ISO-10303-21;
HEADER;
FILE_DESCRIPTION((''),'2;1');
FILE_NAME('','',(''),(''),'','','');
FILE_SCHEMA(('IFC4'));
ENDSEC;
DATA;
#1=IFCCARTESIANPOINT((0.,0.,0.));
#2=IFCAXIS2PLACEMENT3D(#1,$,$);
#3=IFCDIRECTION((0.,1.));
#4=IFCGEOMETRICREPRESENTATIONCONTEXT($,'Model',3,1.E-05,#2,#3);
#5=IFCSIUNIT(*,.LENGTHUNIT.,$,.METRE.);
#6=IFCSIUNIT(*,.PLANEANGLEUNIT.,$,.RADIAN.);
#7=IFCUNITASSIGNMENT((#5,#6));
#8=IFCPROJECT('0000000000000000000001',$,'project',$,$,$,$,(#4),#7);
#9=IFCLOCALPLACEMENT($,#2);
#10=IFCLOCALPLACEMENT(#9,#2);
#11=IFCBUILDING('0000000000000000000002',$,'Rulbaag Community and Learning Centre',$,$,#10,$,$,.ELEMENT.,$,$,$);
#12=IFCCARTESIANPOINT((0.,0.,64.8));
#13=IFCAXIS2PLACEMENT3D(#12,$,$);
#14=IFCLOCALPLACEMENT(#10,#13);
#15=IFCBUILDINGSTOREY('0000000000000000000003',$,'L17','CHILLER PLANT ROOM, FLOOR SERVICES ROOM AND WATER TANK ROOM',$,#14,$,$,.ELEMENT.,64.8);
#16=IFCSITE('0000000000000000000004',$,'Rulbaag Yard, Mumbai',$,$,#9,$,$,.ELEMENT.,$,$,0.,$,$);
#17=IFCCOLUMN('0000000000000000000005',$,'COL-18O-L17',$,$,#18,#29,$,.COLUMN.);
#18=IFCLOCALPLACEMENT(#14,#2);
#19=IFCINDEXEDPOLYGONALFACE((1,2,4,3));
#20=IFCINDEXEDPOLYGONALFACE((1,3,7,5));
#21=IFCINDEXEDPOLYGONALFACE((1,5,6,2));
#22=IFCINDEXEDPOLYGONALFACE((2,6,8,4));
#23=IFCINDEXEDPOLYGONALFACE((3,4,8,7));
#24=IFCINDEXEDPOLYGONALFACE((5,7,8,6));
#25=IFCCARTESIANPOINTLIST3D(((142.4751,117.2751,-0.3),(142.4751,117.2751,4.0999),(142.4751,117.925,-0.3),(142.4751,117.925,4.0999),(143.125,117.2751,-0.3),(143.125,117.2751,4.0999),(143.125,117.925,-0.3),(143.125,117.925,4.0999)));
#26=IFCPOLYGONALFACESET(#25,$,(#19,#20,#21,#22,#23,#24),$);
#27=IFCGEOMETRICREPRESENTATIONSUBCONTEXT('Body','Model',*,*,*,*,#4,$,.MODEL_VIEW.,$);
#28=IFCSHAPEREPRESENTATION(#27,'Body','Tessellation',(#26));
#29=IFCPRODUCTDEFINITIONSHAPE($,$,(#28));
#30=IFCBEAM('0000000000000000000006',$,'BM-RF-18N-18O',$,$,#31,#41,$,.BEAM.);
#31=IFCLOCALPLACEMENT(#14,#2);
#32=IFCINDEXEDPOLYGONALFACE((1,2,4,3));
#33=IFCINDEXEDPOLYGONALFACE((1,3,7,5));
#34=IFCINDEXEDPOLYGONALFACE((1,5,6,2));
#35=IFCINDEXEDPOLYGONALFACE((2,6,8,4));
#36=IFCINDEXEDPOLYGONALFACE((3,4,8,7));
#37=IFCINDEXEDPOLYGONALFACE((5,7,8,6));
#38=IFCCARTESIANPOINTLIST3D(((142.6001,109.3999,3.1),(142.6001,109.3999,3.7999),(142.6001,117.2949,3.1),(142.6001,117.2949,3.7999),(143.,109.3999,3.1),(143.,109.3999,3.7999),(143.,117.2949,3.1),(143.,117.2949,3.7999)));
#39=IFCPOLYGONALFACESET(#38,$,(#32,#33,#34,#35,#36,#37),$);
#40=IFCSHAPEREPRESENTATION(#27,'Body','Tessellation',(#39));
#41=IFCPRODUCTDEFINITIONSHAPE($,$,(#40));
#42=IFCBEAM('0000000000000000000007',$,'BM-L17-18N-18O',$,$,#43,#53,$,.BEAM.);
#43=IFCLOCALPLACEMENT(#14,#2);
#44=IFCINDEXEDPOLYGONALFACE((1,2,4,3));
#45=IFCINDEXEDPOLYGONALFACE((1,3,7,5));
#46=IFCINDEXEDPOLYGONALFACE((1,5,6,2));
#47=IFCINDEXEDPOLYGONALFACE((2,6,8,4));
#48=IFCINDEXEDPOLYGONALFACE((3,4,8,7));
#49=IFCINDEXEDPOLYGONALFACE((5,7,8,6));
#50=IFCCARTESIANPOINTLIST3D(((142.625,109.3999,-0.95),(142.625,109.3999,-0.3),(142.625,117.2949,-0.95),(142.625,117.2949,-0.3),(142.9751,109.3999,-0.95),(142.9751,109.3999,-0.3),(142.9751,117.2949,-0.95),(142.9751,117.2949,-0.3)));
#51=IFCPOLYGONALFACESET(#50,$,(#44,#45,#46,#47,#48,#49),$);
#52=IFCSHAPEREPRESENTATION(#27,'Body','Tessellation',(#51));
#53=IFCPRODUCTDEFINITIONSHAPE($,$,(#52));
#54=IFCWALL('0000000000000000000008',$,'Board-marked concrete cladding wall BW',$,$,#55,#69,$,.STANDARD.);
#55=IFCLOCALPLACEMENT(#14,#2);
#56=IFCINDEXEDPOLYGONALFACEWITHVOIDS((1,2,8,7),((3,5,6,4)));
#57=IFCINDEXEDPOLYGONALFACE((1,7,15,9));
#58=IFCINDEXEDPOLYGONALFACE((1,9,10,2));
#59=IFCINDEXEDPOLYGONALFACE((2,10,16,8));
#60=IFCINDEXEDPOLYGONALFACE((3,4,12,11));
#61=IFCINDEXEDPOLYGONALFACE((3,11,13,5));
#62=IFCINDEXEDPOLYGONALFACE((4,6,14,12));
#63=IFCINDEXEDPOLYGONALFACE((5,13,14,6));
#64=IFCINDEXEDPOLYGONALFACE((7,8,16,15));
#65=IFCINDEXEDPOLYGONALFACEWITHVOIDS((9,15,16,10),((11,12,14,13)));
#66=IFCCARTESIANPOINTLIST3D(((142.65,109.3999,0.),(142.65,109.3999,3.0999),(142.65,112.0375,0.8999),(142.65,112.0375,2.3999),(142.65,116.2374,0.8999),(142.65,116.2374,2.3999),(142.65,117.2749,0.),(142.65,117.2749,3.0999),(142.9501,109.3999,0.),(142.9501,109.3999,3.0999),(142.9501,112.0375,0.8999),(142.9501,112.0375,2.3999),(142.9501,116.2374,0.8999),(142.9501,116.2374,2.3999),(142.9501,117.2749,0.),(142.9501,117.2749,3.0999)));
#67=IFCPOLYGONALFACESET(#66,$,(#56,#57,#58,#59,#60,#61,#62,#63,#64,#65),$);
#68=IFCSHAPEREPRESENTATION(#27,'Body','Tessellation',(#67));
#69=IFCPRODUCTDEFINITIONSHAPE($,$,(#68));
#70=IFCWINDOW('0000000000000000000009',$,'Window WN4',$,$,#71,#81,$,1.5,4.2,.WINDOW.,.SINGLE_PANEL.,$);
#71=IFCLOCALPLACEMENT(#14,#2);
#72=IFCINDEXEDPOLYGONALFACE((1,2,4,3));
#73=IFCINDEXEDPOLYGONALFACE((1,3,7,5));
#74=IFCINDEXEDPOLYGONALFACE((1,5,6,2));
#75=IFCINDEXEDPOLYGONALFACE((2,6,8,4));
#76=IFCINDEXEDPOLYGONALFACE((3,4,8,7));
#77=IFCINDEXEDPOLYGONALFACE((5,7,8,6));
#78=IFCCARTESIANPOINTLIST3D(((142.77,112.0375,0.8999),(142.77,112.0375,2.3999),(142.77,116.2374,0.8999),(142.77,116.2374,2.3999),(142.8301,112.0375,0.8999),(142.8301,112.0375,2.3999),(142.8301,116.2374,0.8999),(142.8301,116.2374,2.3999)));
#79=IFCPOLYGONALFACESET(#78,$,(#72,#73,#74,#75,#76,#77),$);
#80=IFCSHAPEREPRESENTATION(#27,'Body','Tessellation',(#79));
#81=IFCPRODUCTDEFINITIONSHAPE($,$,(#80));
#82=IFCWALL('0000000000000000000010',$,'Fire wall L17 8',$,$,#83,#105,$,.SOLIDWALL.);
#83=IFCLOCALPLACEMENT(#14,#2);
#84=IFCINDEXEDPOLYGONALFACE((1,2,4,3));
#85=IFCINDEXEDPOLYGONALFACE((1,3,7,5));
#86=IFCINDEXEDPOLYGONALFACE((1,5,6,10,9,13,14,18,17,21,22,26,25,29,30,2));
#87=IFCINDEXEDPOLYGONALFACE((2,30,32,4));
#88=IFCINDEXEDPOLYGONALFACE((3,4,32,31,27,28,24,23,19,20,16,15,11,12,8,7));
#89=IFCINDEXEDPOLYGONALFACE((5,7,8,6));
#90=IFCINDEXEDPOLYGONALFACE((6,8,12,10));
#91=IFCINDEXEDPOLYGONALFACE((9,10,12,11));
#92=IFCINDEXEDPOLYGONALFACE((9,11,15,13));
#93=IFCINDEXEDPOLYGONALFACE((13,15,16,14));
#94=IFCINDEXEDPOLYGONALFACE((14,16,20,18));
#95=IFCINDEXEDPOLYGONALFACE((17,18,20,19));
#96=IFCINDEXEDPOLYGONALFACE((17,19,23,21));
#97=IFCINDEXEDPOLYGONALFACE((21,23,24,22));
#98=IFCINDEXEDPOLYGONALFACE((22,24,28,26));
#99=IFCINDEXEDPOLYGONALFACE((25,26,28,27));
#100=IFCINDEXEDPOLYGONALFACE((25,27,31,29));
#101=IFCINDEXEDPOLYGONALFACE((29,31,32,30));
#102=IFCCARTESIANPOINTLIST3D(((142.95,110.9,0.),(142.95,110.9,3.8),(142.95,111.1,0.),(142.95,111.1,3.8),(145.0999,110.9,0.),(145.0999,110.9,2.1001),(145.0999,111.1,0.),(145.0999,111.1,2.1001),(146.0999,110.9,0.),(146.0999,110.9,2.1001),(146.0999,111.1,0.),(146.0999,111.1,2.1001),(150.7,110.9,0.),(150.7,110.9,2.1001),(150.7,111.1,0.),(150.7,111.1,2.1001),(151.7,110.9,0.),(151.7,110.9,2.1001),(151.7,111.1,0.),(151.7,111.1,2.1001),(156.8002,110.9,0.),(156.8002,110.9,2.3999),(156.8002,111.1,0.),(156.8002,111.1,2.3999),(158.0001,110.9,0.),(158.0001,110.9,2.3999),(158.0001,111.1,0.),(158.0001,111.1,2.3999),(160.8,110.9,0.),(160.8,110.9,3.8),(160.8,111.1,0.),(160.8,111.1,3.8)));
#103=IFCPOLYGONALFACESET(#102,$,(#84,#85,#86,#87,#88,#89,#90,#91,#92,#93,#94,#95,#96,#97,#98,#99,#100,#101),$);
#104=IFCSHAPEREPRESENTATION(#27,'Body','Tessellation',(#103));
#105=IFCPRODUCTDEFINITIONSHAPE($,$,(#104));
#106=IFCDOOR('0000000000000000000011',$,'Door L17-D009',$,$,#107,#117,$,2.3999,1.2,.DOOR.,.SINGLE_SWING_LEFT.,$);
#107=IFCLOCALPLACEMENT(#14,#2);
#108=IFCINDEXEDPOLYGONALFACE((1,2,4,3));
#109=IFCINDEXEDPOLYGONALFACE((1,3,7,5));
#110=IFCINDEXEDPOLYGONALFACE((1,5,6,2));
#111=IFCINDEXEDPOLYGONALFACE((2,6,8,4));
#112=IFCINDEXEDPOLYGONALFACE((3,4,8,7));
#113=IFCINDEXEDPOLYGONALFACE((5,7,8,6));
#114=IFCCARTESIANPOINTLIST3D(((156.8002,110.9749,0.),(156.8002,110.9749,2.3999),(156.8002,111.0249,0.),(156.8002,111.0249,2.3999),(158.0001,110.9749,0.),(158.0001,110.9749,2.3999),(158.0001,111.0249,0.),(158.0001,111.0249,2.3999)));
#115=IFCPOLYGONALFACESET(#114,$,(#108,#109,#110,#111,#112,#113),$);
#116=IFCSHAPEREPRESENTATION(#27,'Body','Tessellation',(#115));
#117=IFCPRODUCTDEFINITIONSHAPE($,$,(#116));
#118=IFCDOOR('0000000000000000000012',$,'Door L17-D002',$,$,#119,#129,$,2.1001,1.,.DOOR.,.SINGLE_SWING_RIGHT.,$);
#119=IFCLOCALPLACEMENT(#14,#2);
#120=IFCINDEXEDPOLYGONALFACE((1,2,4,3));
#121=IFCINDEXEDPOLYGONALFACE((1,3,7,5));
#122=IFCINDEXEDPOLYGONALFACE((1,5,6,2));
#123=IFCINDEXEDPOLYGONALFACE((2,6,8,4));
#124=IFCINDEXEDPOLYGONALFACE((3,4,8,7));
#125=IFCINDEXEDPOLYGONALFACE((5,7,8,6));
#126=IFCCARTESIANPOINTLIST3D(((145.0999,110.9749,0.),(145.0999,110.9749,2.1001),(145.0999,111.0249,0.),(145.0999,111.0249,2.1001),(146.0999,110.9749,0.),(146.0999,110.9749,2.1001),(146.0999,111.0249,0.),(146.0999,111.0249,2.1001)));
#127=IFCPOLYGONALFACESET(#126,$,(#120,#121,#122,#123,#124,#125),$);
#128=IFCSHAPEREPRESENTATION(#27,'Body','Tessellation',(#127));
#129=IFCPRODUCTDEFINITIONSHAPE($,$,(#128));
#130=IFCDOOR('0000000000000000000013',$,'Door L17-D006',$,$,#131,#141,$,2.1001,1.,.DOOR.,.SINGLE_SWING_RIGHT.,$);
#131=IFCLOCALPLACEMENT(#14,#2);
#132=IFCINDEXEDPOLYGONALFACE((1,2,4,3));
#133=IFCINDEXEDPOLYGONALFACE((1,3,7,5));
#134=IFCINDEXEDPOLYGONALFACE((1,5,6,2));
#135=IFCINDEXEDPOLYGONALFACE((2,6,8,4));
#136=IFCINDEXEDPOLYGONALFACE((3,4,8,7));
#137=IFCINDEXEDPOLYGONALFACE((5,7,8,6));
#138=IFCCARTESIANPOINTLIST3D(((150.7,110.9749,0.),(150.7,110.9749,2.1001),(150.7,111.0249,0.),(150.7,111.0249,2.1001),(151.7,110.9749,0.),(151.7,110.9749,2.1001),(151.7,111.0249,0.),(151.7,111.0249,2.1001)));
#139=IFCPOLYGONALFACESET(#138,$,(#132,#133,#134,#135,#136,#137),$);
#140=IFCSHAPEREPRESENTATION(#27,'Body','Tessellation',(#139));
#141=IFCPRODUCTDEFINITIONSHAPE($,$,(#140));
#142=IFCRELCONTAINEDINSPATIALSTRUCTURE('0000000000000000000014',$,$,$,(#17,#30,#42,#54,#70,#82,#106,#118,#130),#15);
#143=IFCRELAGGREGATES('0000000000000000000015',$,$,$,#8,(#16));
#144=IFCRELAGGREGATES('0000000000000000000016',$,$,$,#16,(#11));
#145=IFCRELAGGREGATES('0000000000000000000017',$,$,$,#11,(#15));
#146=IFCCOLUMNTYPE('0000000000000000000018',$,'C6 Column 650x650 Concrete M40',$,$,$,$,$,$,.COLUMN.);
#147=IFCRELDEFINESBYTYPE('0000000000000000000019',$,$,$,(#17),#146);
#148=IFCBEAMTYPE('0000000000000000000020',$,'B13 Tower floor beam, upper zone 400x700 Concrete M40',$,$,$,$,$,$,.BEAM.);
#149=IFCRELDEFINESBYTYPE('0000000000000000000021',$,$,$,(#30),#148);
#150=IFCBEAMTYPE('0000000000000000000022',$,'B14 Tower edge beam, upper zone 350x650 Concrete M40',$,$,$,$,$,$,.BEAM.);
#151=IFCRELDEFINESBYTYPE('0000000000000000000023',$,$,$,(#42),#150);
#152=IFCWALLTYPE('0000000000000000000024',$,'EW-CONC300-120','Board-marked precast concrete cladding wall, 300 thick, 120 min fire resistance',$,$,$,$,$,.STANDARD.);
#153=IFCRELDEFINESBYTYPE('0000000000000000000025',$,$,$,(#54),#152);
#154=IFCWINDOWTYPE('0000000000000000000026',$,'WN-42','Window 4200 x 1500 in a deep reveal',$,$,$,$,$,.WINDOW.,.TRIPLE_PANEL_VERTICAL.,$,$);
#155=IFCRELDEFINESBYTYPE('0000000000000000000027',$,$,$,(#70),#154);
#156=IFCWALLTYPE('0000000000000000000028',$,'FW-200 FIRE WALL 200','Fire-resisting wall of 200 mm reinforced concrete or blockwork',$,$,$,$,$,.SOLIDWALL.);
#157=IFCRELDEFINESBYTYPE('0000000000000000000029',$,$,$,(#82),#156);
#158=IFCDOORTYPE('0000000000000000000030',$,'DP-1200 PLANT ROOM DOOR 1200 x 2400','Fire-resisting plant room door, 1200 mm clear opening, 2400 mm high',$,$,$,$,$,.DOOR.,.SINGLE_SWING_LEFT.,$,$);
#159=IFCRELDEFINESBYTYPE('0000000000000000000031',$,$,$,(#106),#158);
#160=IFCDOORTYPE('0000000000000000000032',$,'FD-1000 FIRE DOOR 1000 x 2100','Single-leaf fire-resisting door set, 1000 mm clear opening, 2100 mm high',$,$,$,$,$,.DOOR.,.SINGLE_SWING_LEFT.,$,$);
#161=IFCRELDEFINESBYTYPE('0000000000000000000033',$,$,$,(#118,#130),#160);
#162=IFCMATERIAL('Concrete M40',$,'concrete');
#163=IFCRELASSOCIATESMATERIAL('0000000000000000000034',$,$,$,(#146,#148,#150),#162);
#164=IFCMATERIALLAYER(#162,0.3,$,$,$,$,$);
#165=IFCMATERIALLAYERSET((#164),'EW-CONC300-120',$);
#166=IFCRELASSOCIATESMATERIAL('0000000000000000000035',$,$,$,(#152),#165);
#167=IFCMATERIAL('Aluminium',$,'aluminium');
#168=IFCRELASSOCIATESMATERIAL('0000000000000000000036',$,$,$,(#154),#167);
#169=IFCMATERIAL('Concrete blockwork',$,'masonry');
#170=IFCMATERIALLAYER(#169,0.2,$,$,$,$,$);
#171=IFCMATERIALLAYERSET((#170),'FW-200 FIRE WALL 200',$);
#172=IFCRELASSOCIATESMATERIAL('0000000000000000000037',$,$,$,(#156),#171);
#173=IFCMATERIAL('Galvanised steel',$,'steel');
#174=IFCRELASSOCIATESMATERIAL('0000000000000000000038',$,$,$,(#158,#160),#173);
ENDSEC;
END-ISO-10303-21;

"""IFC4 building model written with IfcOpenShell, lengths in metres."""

from ifc_helpers import new_model, si_unit, direction, frame, frame_2d, origin, origin_2d, place, context, subcontext, project, spatial, rectangle, extrude, material, layer, layer_set, material_profile, profile_set, type_object, element, fill, save


model = new_model("IFC4")

# Units and contexts
model_context = context("Model", 3, precision=1e-05, world=origin(), true_north=direction((0.0, 1.0)))
body_context = subcontext(model_context, "Body", "Model", "MODEL_VIEW")
ifc_project = project(units=[si_unit("LENGTHUNIT", "METRE"), si_unit("PLANEANGLEUNIT", "RADIAN")], contexts=[model_context])

# Site, building, storey
site_placement = place(None, origin())
site = spatial("IfcSite", under=ifc_project, at=site_placement, Name="Rulbaag Yard, Mumbai", CompositionType="ELEMENT", RefElevation=0.0)
building_placement = place(site_placement, origin())
building = spatial("IfcBuilding", under=site, at=building_placement, Name="Rulbaag Community and Learning Centre", CompositionType="ELEMENT")
storey_placement = place(building_placement, frame((0.0, 0.0, 64.8)))
storey = spatial("IfcBuildingStorey", under=building, at=storey_placement, Name="L17", Description="CHILLER PLANT ROOM, FLOOR SERVICES ROOM AND WATER TANK ROOM", CompositionType="ELEMENT", Elevation=64.8)

# Column
ifc_material_1 = material(Name="Concrete M40", Category="concrete")
ifc_material_profile_1 = material_profile(ifc_material_1, rectangle(XDim=0.6499, YDim=0.6499, at=origin_2d()), Name="RC650x650")
ifc_profile_set_1 = profile_set([ifc_material_profile_1], Name="Concrete M40")
column_type = type_object("IfcColumnType", Name="C6 Column 650x650 Concrete M40", PredefinedType="COLUMN", material=ifc_profile_set_1)
column_placement = place(storey_placement, frame((142.8, 117.6001, -0.3), z_axis=(0.0, 0.0, 1.0), x_axis=(1.0, 0.0, 0.0)))
element("IfcColumn", 1, at=column_placement, inside=storey, type_object=column_type, Name="COL-18O-L17", PredefinedType="COLUMN", context=body_context, shape_type="SweptSolid", body=[
    extrude(rectangle(XDim=0.6499, YDim=0.6499, at=origin_2d()), origin(), (0.0, 0.0, 1.0), 4.3999),
])

# Beams
ifc_material_profile_2 = material_profile(ifc_material_1, rectangle(XDim=0.3999, YDim=0.7, at=origin_2d()), Name="RB400x700")
ifc_profile_set_2 = profile_set([ifc_material_profile_2], Name="Concrete M40")
beam_type_1 = type_object("IfcBeamType", Name="B13 Tower floor beam, upper zone 400x700 Concrete M40", PredefinedType="BEAM", material=ifc_profile_set_2)
beam_1_placement = place(storey_placement, frame((142.8, 109.3999, 3.45), z_axis=(0.0, 1.0, 0.0), x_axis=(-1.0, 0.0, 0.0)))
element("IfcBeam", 2, at=beam_1_placement, inside=storey, type_object=beam_type_1, Name="BM-RF-18N-18O", PredefinedType="BEAM", context=body_context, shape_type="SweptSolid", body=[
    extrude(rectangle(XDim=0.3999, YDim=0.7, at=origin_2d()), origin(), (0.0, 0.0, 1.0), 7.895),
])
ifc_material_profile_3 = material_profile(ifc_material_1, rectangle(XDim=0.3501, YDim=0.6499, at=origin_2d()), Name="RB350x650")
ifc_profile_set_3 = profile_set([ifc_material_profile_3], Name="Concrete M40")
beam_type_2 = type_object("IfcBeamType", Name="B14 Tower edge beam, upper zone 350x650 Concrete M40", PredefinedType="BEAM", material=ifc_profile_set_3)
beam_2_placement = place(storey_placement, frame((142.8, 109.3999, -0.625), z_axis=(0.0, 1.0, 0.0), x_axis=(-1.0, 0.0, 0.0)))
element("IfcBeam", 3, at=beam_2_placement, inside=storey, type_object=beam_type_2, Name="BM-L17-18N-18O", PredefinedType="BEAM", context=body_context, shape_type="SweptSolid", body=[
    extrude(rectangle(XDim=0.3501, YDim=0.6499, at=origin_2d()), origin(), (0.0, 0.0, 1.0), 7.895),
])

# Wall, opening, window
ifc_layer_1 = layer(ifc_material_1, 0.3)
ifc_layer_set_1 = layer_set([ifc_layer_1], Name="EW-CONC300-120")
wall_type_1 = type_object("IfcWallType", Name="EW-CONC300-120", Description="Board-marked precast concrete cladding wall, 300 thick, 120 min fire resistance", PredefinedType="STANDARD", material=ifc_layer_set_1)
wall_1_placement = place(storey_placement, frame((142.8, 109.3999, 0.0), z_axis=(0.0, 0.0, 1.0), x_axis=(0.0, 1.0, 0.0)))
wall_1 = element("IfcWall", 4, at=wall_1_placement, inside=storey, type_object=wall_type_1, Name="Board-marked concrete cladding wall BW", PredefinedType="STANDARD", context=body_context, shape_type="SweptSolid", body=[
    extrude(rectangle(XDim=7.875, YDim=0.3, at=frame_2d((3.9375, 0.0))), origin(), (0.0, 0.0, 1.0), 3.0999),
])
opening_1_placement = place(wall_1_placement, frame((2.6375, 0.0, 0.8999)))
opening_1 = element("IfcOpeningElement", 5, at=opening_1_placement, cuts=wall_1, PredefinedType="OPENING", context=body_context, shape_type="SweptSolid", body=[
    extrude(rectangle(XDim=4.2, YDim=1.5, at=frame_2d((2.1001, 0.75))), frame((0.0, 0.1599, 0.0), z_axis=(0.0, -1.0, 0.0), x_axis=(1.0, 0.0, 0.0)), (0.0, 0.0, 1.0), 0.3201),
])
ifc_material_2 = material(Name="Aluminium", Category="aluminium")
window_type = type_object("IfcWindowType", Name="WN-42", Description="Window 4200 x 1500 in a deep reveal", PartitioningType="TRIPLE_PANEL_VERTICAL", PredefinedType="WINDOW", material=ifc_material_2)
window_placement = place(opening_1_placement, origin())
window = element("IfcWindow", 6, at=window_placement, inside=storey, type_object=window_type, Name="Window WN4", OverallHeight=1.5, OverallWidth=4.2, PartitioningType="SINGLE_PANEL", PredefinedType="WINDOW", context=body_context, shape_type="SweptSolid", body=[
    extrude(rectangle(XDim=4.2, YDim=1.5, at=frame_2d((2.1001, 0.75))), frame((0.0, 0.03, 0.0), z_axis=(0.0, -1.0, 0.0), x_axis=(1.0, 0.0, 0.0)), (0.0, 0.0, 1.0), 0.0601),
])
fill(opening_1, window)

# Wall, openings, doors
ifc_material_3 = material(Name="Concrete blockwork", Category="masonry")
ifc_layer_2 = layer(ifc_material_3, 0.2)
ifc_layer_set_2 = layer_set([ifc_layer_2], Name="FW-200 FIRE WALL 200")
wall_type_2 = type_object("IfcWallType", Name="FW-200 FIRE WALL 200", Description="Fire-resisting wall of 200 mm reinforced concrete or blockwork", PredefinedType="SOLIDWALL", material=ifc_layer_set_2)
wall_2_placement = place(storey_placement, frame((142.95, 111.0, 0.0), z_axis=(0.0, 0.0, 1.0), x_axis=(1.0, 0.0, 0.0)))
wall_2 = element("IfcWall", 7, at=wall_2_placement, inside=storey, type_object=wall_type_2, Name="Fire wall L17 8", PredefinedType="SOLIDWALL", context=body_context, shape_type="SweptSolid", body=[
    extrude(rectangle(XDim=17.8501, YDim=0.2, at=frame_2d((8.925, 0.0))), origin(), (0.0, 0.0, 1.0), 3.8),
])
opening_2_placement = place(wall_2_placement, frame((2.1499, 0.0, 0.0)))
opening_2 = element("IfcOpeningElement", 8, at=opening_2_placement, cuts=wall_2, PredefinedType="OPENING", context=body_context, shape_type="SweptSolid", body=[
    extrude(rectangle(XDim=1.0, YDim=2.1001, at=frame_2d((0.5, 1.05))), frame((0.0, 0.1099, 0.0), z_axis=(0.0, -1.0, 0.0), x_axis=(1.0, 0.0, 0.0)), (0.0, 0.0, 1.0), 0.22),
])
opening_3_placement = place(wall_2_placement, frame((7.75, 0.0, 0.0)))
opening_3 = element("IfcOpeningElement", 9, at=opening_3_placement, cuts=wall_2, PredefinedType="OPENING", context=body_context, shape_type="SweptSolid", body=[
    extrude(rectangle(XDim=1.0, YDim=2.1001, at=frame_2d((0.5, 1.05))), frame((0.0, 0.1099, 0.0), z_axis=(0.0, -1.0, 0.0), x_axis=(1.0, 0.0, 0.0)), (0.0, 0.0, 1.0), 0.22),
])
opening_4_placement = place(wall_2_placement, frame((13.8501, 0.0, 0.0)))
opening_4 = element("IfcOpeningElement", 10, at=opening_4_placement, cuts=wall_2, PredefinedType="OPENING", context=body_context, shape_type="SweptSolid", body=[
    extrude(rectangle(XDim=1.2, YDim=2.3999, at=frame_2d((0.6001, 1.2))), frame((0.0, 0.1099, 0.0), z_axis=(0.0, -1.0, 0.0), x_axis=(1.0, 0.0, 0.0)), (0.0, 0.0, 1.0), 0.22),
])
ifc_material_4 = material(Name="Galvanised steel", Category="steel")
door_type_1 = type_object("IfcDoorType", Name="DP-1200 PLANT ROOM DOOR 1200 x 2400", Description="Fire-resisting plant room door, 1200 mm clear opening, 2400 mm high", OperationType="SINGLE_SWING_LEFT", PredefinedType="DOOR", material=ifc_material_4)
door_1_placement = place(opening_4_placement, origin())
door_1 = element("IfcDoor", 11, at=door_1_placement, inside=storey, type_object=door_type_1, Name="Door L17-D009", OperationType="SINGLE_SWING_LEFT", OverallHeight=2.3999, OverallWidth=1.2, PredefinedType="DOOR", context=body_context, shape_type="SweptSolid", body=[
    extrude(rectangle(XDim=1.2, YDim=2.3999, at=frame_2d((0.6001, 1.2))), frame((0.0, 0.0249, 0.0), z_axis=(0.0, -1.0, 0.0), x_axis=(1.0, 0.0, 0.0)), (0.0, 0.0, 1.0), 0.05),
])
fill(opening_4, door_1)
door_type_2 = type_object("IfcDoorType", Name="FD-1000 FIRE DOOR 1000 x 2100", Description="Single-leaf fire-resisting door set, 1000 mm clear opening, 2100 mm high", OperationType="SINGLE_SWING_LEFT", PredefinedType="DOOR", material=ifc_material_4)
door_2_placement = place(opening_2_placement, origin())
door_2 = element("IfcDoor", 12, at=door_2_placement, inside=storey, type_object=door_type_2, Name="Door L17-D002", OperationType="SINGLE_SWING_RIGHT", OverallHeight=2.1001, OverallWidth=1.0, PredefinedType="DOOR", context=body_context, shape_type="SweptSolid", body=[
    extrude(rectangle(XDim=1.0, YDim=2.1001, at=frame_2d((0.5, 1.05))), frame((0.0, 0.0249, 0.0), z_axis=(0.0, -1.0, 0.0), x_axis=(1.0, 0.0, 0.0)), (0.0, 0.0, 1.0), 0.05),
])
fill(opening_2, door_2)
door_3_placement = place(opening_3_placement, origin())
door_3 = element("IfcDoor", 13, at=door_3_placement, inside=storey, type_object=door_type_2, Name="Door L17-D006", OperationType="SINGLE_SWING_RIGHT", OverallHeight=2.1001, OverallWidth=1.0, PredefinedType="DOOR", context=body_context, shape_type="SweptSolid", body=[
    extrude(rectangle(XDim=1.0, YDim=2.1001, at=frame_2d((0.5, 1.05))), frame((0.0, 0.0249, 0.0), z_axis=(0.0, -1.0, 0.0), x_axis=(1.0, 0.0, 0.0)), (0.0, 0.0, 1.0), 0.05),
])
fill(opening_3, door_3)

save(model, "model.ifc")
